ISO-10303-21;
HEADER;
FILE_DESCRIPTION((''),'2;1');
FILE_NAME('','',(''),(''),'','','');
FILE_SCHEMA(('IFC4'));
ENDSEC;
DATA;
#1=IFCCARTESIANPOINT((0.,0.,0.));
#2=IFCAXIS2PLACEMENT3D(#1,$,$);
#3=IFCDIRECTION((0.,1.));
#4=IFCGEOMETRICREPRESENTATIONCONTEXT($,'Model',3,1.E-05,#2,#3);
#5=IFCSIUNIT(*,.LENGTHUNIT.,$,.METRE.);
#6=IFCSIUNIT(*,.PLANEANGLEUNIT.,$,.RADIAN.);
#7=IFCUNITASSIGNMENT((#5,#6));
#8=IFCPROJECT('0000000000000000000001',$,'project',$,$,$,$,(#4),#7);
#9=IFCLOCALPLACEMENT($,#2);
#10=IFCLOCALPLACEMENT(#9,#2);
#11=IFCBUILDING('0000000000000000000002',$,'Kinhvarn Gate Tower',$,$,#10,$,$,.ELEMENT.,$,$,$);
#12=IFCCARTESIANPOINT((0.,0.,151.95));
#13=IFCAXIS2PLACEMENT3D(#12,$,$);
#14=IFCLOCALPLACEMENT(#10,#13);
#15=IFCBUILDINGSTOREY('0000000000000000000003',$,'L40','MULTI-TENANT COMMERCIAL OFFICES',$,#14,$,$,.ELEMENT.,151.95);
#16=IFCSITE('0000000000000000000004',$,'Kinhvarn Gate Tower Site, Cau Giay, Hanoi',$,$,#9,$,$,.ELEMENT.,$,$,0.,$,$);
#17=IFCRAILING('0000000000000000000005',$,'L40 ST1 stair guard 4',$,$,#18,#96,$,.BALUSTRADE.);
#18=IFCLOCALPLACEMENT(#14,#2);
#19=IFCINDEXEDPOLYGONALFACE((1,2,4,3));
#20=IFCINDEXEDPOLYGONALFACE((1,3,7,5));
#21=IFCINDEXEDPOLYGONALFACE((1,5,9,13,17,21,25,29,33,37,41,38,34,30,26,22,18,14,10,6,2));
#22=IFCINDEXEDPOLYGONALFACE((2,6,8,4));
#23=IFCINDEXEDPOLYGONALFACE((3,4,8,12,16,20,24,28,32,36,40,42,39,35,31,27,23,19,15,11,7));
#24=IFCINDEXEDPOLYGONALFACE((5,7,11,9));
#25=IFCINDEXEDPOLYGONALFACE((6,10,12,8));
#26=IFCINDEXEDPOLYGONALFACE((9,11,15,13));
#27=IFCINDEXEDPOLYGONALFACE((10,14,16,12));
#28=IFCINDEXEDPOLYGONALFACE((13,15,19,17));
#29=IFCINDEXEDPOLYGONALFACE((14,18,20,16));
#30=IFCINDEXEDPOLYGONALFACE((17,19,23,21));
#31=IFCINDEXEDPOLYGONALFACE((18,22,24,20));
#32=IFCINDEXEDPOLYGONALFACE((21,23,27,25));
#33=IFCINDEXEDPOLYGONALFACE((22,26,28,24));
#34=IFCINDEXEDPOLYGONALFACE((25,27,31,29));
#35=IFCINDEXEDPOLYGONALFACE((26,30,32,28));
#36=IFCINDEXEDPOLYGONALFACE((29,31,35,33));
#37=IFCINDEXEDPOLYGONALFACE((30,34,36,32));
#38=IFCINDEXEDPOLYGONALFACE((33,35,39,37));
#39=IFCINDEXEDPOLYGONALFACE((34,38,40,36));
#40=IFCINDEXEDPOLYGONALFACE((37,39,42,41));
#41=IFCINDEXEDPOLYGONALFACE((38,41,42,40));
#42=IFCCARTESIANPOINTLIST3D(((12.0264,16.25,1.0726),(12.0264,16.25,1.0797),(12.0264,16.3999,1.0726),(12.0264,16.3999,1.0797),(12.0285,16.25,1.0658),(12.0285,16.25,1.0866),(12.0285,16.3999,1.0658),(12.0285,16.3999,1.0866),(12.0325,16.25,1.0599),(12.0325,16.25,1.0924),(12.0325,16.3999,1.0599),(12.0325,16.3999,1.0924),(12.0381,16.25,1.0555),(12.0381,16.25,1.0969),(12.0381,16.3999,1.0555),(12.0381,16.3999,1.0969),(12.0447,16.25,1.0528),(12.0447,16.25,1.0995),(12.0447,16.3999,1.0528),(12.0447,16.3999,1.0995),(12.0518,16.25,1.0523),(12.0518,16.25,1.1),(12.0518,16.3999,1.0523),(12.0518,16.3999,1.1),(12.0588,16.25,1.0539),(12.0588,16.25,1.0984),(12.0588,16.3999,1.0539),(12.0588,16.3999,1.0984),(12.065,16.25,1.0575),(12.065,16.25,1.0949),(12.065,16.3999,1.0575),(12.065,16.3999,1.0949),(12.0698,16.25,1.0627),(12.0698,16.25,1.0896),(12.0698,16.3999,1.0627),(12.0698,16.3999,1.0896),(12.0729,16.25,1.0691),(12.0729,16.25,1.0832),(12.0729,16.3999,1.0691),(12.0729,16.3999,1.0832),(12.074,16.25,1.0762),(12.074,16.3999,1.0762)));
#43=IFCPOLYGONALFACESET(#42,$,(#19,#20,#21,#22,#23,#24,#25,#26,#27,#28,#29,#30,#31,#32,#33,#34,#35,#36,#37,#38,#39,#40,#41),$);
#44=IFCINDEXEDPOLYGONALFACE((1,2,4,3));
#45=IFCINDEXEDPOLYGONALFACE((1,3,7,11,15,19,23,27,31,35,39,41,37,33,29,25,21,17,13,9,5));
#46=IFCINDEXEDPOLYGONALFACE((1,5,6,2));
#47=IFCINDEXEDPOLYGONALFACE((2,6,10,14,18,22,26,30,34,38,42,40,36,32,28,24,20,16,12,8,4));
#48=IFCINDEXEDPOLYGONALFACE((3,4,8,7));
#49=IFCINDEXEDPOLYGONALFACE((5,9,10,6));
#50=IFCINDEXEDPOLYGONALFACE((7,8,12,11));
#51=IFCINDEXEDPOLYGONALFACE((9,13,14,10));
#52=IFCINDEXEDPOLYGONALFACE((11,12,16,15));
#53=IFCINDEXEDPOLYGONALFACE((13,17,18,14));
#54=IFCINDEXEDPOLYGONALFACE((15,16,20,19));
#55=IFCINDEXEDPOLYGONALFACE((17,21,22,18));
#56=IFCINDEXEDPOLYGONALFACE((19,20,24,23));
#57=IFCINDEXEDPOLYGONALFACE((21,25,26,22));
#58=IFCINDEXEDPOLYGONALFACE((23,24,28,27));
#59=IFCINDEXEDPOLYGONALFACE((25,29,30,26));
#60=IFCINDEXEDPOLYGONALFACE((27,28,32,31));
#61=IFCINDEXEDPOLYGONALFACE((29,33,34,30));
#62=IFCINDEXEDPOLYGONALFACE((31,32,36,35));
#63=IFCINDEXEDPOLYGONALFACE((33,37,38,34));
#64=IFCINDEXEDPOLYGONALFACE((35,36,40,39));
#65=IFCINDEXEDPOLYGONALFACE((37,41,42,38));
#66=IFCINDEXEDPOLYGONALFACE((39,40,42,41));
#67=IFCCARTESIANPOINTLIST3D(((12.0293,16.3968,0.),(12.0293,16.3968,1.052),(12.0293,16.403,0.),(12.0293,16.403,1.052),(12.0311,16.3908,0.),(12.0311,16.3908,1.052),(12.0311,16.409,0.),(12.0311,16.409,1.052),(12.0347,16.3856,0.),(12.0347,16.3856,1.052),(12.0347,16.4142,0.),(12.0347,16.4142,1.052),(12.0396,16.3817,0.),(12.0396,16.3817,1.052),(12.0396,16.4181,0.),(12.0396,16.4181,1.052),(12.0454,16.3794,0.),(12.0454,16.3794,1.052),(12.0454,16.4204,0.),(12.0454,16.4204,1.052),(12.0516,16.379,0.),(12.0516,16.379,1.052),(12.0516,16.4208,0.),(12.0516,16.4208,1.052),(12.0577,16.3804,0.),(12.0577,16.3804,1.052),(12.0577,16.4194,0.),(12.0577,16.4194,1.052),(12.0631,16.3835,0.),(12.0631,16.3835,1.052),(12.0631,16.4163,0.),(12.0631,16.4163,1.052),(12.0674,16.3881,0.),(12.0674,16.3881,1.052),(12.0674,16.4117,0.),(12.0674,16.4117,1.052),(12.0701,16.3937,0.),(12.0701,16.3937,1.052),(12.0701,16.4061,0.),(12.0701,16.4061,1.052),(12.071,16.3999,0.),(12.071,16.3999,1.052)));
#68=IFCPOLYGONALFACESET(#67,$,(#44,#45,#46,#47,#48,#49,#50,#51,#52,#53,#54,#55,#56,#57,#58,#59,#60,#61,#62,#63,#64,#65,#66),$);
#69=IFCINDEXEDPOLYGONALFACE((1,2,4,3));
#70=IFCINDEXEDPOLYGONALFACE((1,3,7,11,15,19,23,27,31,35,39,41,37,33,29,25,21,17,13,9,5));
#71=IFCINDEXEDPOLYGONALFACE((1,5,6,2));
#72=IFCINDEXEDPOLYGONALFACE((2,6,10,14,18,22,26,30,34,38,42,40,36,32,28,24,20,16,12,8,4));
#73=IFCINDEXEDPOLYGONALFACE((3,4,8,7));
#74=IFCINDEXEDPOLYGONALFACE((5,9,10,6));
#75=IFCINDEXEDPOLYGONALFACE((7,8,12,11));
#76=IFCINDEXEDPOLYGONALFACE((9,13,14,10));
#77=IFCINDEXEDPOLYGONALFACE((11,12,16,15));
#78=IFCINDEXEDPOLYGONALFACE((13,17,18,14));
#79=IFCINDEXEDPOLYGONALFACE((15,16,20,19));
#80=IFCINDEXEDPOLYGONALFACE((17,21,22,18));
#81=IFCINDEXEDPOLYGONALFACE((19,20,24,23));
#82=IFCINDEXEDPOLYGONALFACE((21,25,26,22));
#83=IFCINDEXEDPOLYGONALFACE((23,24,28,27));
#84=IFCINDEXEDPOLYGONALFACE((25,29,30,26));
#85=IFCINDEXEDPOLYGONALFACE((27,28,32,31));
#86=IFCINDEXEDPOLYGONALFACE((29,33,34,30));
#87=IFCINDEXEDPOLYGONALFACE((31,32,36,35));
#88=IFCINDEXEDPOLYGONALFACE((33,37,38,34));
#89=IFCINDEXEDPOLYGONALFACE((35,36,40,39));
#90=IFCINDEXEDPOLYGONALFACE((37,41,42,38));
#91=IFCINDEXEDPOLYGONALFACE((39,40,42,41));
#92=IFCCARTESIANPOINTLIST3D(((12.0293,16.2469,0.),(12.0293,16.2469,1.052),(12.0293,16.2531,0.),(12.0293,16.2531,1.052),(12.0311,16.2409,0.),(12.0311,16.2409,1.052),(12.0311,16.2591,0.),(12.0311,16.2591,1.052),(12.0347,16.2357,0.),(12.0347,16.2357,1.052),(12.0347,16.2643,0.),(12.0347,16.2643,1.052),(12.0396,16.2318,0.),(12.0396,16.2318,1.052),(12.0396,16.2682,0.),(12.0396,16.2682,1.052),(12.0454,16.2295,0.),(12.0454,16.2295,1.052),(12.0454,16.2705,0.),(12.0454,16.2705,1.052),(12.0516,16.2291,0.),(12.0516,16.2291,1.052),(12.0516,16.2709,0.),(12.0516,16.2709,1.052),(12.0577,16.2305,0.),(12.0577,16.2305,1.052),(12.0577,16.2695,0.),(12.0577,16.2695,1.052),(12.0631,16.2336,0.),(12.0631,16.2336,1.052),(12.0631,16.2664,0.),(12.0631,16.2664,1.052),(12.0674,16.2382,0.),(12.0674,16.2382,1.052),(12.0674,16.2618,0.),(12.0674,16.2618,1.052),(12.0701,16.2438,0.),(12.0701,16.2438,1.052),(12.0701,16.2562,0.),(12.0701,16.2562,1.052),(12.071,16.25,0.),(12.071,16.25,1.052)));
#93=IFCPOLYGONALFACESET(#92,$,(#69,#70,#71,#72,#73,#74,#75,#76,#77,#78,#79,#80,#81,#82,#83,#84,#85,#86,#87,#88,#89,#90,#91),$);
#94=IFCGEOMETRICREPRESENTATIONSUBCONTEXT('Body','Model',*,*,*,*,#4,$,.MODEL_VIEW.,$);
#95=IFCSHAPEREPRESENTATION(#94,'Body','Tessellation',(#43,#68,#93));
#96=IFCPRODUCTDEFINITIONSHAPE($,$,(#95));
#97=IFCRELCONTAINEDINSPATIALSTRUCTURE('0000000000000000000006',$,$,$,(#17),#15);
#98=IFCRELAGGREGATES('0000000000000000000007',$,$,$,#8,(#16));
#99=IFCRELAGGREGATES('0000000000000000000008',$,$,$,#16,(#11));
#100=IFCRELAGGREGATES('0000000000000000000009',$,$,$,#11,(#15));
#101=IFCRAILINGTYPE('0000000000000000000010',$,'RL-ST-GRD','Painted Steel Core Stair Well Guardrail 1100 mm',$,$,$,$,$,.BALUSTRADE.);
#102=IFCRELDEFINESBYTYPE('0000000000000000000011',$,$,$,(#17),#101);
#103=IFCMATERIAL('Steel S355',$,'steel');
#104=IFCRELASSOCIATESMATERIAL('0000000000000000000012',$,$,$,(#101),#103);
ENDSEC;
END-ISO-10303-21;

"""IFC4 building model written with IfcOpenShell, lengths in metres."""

from ifc_helpers import new_model, si_unit, direction, frame, origin, origin_2d, place, context, subcontext, project, spatial, circle, extrude, material, type_object, element, save


model = new_model("IFC4")

# Units and contexts
model_context = context("Model", 3, precision=1e-05, world=origin(), true_north=direction((0.0, 1.0)))
body_context = subcontext(model_context, "Body", "Model", "MODEL_VIEW")
ifc_project = project(units=[si_unit("LENGTHUNIT", "METRE"), si_unit("PLANEANGLEUNIT", "RADIAN")], contexts=[model_context])

# Site, building, storey
site_placement = place(None, origin())
site = spatial("IfcSite", under=ifc_project, at=site_placement, Name="Kinhvarn Gate Tower Site, Cau Giay, Hanoi", CompositionType="ELEMENT", RefElevation=0.0)
building_placement = place(site_placement, origin())
building = spatial("IfcBuilding", under=site, at=building_placement, Name="Kinhvarn Gate Tower", CompositionType="ELEMENT")
storey_placement = place(building_placement, frame((0.0, 0.0, 151.95)))
storey = spatial("IfcBuildingStorey", under=building, at=storey_placement, Name="L40", Description="MULTI-TENANT COMMERCIAL OFFICES", CompositionType="ELEMENT", Elevation=151.95)

# Shared definitions
ifc_material_1 = material(Name="Steel S355", Category="steel")

# Railing
railing_type_1 = type_object("IfcRailingType", Name="RL-ST-GRD", Description="Painted Steel Core Stair Well Guardrail 1100 mm", PredefinedType="BALUSTRADE", material=ifc_material_1)
railing_1_placement = place(storey_placement, frame((12.05, 16.3999, 0.0)))
element("IfcRailing", 1, at=railing_1_placement, inside=storey, type_object=railing_type_1, Name="L40 ST1 stair guard 4", PredefinedType="BALUSTRADE", context=body_context, shape_type="SweptSolid", body=[
    extrude(circle(Radius=0.0239, at=origin_2d()), frame((0.0, 0.0, 1.0762), z_axis=(0.0, -1.0, 0.0), x_axis=(1.0, 0.0, 0.0)), (0.0, 0.0, 1.0), 0.1499),
    extrude(circle(Radius=0.021, at=origin_2d()), origin(), (0.0, 0.0, 1.0), 1.052),
    extrude(circle(Radius=0.021, at=origin_2d()), frame((0.0, -0.1499, 0.0)), (0.0, 0.0, 1.0), 1.052),
])

save(model, "model.ifc")
